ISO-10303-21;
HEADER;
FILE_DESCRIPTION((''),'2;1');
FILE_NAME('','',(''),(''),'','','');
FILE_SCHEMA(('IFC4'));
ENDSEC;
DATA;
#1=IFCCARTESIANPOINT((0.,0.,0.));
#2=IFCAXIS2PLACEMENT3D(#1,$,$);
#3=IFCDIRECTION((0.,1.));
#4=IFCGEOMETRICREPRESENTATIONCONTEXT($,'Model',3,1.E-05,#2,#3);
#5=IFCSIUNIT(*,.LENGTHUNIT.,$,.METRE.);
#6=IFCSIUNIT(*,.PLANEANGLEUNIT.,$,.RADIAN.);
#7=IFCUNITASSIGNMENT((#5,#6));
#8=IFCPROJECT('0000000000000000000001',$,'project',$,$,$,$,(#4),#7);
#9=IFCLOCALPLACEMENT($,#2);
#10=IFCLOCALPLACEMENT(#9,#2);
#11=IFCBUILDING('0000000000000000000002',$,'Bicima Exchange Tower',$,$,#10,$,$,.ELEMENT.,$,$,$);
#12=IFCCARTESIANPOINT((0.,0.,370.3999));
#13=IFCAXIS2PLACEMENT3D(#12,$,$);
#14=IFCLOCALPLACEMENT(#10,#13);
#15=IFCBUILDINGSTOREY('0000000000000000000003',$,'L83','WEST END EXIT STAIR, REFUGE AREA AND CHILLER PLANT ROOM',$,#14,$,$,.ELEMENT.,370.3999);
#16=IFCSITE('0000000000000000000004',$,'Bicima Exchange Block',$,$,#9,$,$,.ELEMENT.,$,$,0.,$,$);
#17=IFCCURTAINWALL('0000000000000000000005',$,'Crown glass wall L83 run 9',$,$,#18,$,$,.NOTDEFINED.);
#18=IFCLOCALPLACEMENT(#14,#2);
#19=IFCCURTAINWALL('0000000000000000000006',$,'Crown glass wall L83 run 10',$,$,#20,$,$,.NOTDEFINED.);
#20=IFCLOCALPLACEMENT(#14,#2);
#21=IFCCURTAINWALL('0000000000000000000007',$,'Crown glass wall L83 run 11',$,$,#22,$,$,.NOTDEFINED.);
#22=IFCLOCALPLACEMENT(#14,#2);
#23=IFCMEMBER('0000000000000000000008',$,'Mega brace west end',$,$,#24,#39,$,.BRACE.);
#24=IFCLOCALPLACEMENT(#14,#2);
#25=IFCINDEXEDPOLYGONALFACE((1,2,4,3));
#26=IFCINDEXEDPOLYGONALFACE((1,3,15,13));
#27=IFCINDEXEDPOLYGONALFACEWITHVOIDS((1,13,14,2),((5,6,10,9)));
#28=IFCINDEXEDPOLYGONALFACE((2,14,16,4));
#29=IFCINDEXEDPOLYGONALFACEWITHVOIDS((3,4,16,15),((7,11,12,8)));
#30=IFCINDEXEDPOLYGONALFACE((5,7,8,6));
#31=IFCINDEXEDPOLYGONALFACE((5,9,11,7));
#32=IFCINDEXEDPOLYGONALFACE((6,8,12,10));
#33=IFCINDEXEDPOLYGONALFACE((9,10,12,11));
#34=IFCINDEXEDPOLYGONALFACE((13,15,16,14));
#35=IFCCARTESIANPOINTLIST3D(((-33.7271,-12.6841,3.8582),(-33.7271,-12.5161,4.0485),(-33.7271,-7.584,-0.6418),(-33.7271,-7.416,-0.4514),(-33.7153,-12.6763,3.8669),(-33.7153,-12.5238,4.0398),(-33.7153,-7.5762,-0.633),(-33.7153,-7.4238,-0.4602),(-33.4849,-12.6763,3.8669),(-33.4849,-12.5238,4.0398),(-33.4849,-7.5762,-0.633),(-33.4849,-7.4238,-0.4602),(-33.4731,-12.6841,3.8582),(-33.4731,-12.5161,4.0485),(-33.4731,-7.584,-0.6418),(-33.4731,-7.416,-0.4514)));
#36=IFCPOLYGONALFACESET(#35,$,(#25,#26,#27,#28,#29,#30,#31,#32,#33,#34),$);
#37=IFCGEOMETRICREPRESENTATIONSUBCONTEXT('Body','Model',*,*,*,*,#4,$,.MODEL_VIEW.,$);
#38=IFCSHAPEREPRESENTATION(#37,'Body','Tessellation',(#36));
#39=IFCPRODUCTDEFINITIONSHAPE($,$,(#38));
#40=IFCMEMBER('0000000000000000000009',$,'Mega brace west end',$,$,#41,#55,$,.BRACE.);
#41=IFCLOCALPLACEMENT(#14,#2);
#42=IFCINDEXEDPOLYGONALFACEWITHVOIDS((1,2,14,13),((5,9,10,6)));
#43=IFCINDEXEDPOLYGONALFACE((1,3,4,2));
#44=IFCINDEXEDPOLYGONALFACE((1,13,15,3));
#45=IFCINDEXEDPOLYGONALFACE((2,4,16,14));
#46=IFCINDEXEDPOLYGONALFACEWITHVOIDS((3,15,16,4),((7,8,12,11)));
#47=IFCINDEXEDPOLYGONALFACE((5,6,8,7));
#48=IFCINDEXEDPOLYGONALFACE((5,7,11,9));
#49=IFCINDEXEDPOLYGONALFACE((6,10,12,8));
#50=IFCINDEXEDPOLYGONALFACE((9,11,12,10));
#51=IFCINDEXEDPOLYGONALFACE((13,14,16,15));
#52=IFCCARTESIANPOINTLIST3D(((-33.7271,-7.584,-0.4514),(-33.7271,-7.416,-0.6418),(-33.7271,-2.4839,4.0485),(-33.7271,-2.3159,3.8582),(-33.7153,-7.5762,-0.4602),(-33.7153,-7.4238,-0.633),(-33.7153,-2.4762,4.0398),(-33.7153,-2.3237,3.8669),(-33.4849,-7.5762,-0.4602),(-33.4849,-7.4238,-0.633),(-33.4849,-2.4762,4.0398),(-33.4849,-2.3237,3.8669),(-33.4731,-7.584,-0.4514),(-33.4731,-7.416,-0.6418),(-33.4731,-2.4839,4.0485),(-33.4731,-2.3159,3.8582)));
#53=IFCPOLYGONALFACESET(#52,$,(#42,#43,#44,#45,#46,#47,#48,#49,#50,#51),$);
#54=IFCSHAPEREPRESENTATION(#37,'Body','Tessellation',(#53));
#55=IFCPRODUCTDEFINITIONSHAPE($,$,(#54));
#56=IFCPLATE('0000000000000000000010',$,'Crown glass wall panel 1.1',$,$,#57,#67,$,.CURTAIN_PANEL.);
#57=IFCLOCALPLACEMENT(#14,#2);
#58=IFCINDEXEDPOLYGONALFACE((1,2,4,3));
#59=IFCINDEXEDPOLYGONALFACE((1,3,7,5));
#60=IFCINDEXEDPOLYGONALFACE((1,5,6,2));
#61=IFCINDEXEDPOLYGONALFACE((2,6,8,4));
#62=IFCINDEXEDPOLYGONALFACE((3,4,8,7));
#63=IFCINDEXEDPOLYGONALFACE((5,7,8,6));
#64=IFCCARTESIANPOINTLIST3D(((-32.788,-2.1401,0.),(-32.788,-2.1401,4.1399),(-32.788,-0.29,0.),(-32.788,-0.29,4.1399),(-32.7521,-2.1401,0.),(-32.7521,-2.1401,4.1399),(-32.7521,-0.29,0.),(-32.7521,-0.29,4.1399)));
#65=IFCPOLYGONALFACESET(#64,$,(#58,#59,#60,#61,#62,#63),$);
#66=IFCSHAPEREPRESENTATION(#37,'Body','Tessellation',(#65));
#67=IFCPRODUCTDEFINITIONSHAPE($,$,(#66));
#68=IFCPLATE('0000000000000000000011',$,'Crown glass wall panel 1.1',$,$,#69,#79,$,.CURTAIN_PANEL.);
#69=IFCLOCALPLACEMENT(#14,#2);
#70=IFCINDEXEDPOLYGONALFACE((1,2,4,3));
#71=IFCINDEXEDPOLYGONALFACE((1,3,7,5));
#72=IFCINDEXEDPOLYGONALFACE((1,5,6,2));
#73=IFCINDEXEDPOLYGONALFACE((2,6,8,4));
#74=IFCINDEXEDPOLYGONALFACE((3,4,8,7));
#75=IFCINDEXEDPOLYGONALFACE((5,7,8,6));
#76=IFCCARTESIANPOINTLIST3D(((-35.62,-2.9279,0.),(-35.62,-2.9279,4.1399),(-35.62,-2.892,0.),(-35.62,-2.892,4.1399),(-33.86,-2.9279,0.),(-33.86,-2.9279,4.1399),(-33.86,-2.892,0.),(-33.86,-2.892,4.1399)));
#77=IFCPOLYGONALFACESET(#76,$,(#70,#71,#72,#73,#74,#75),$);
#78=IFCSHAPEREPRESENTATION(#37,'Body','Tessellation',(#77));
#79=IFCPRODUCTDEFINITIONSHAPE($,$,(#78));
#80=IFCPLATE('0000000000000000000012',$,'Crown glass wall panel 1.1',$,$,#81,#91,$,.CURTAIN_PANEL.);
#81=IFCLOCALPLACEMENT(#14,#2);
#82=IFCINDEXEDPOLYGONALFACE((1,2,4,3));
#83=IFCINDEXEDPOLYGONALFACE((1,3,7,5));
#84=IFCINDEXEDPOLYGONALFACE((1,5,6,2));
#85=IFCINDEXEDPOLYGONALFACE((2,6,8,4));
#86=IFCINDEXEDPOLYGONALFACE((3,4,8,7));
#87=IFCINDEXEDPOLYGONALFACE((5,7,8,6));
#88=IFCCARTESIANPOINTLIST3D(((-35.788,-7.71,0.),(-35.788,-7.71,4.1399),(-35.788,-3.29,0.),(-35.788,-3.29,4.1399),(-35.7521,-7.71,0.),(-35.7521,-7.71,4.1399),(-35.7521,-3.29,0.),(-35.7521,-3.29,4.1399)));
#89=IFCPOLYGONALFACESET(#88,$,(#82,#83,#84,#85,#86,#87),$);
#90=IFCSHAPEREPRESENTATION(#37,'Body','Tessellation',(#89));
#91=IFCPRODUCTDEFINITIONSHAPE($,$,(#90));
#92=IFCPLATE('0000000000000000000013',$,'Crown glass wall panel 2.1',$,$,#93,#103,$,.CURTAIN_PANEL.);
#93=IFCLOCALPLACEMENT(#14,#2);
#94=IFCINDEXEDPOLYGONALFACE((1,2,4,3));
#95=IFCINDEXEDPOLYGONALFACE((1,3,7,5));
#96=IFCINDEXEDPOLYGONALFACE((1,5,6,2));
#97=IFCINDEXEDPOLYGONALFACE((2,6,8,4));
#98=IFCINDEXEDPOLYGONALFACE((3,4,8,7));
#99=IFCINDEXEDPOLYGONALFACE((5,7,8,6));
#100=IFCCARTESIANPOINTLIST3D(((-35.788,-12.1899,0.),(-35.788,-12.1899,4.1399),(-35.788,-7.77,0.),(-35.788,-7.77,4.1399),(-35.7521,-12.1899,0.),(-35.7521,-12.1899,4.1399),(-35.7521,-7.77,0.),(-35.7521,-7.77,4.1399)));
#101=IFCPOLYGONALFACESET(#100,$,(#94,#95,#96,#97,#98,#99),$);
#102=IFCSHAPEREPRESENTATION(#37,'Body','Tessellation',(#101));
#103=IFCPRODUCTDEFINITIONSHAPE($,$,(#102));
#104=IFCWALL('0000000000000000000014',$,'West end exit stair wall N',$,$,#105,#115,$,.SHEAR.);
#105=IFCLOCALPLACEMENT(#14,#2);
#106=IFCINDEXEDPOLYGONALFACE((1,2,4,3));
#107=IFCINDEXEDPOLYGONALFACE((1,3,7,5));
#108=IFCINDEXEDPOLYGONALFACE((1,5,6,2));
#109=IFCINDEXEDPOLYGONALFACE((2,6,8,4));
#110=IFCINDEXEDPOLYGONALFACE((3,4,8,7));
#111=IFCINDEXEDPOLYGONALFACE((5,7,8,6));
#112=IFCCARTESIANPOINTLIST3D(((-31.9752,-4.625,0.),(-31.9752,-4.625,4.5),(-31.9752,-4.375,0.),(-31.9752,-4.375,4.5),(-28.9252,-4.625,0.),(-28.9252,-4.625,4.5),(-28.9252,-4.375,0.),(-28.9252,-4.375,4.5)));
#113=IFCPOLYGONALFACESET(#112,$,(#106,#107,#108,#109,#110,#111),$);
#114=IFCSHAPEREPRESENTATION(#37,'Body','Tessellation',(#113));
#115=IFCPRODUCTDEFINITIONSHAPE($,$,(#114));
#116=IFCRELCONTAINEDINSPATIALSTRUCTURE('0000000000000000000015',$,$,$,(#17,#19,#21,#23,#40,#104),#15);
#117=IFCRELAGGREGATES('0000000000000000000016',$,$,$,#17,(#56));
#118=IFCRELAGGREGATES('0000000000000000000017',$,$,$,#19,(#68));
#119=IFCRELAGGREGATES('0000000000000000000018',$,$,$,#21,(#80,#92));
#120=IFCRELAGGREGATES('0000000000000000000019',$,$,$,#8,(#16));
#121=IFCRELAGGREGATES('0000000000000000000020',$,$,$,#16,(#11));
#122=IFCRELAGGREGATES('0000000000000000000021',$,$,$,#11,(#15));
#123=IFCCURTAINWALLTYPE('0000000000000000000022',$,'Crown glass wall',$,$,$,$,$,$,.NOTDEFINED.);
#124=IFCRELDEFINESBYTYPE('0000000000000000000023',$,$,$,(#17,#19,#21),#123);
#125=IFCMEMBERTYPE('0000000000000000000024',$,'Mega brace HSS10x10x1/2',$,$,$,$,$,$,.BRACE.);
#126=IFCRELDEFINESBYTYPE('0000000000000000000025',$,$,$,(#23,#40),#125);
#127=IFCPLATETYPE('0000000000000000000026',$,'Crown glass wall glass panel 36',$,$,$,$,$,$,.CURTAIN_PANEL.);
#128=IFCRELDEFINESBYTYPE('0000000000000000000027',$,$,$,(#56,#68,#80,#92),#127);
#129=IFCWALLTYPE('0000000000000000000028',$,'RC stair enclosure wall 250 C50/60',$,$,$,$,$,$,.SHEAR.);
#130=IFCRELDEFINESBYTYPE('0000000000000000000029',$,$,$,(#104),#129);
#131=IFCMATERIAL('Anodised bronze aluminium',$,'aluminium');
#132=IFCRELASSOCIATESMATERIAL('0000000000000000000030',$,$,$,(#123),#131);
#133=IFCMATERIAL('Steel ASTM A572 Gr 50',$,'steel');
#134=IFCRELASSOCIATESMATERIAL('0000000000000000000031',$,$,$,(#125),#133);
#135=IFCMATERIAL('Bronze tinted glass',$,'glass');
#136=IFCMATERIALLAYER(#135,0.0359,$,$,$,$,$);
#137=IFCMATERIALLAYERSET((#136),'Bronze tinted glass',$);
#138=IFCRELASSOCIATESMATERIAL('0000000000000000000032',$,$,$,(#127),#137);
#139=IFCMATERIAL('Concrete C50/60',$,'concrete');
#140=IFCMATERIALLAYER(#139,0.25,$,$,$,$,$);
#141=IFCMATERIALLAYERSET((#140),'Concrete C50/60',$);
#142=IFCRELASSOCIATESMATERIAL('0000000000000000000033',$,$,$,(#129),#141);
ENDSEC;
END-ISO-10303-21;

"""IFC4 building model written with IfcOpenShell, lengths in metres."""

from ifc_helpers import new_model, si_unit, direction, frame, frame_2d, origin, origin_2d, place, context, subcontext, project, spatial, rectangle, hollow_rectangle, extrude, material, layer, layer_set, material_profile, profile_set, type_object, element, aggregate, save


model = new_model("IFC4")

# Units and contexts
model_context = context("Model", 3, precision=1e-05, world=origin(), true_north=direction((0.0, 1.0)))
body_context = subcontext(model_context, "Body", "Model", "MODEL_VIEW")
ifc_project = project(units=[si_unit("LENGTHUNIT", "METRE"), si_unit("PLANEANGLEUNIT", "RADIAN")], contexts=[model_context])

# Site, building, storey
site_placement = place(None, origin())
site = spatial("IfcSite", under=ifc_project, at=site_placement, Name="Bicima Exchange Block", CompositionType="ELEMENT", RefElevation=0.0)
building_placement = place(site_placement, origin())
building = spatial("IfcBuilding", under=site, at=building_placement, Name="Bicima Exchange Tower", CompositionType="ELEMENT")
storey_placement = place(building_placement, frame((0.0, 0.0, 370.3999)))
storey = spatial("IfcBuildingStorey", under=building, at=storey_placement, Name="L83", Description="WEST END EXIT STAIR, REFUGE AREA AND CHILLER PLANT ROOM", CompositionType="ELEMENT", Elevation=370.3999)

# Shared definitions
ifc_material_1 = material(Name="Steel ASTM A572 Gr 50", Category="steel")

# Shared definitions
ifc_material_2 = material(Name="Anodised bronze aluminium", Category="aluminium")
curtain_wall_type = type_object("IfcCurtainWallType", Name="Crown glass wall", PredefinedType="NOTDEFINED", material=ifc_material_2)

# Curtain walls
curtain_wall_1_placement = place(storey_placement, origin())
curtain_wall_1 = element("IfcCurtainWall", 1, at=curtain_wall_1_placement, inside=storey, type_object=curtain_wall_type, Name="Crown glass wall L83 run 9", PredefinedType="NOTDEFINED")
curtain_wall_2_placement = place(storey_placement, origin())
curtain_wall_2 = element("IfcCurtainWall", 2, at=curtain_wall_2_placement, inside=storey, type_object=curtain_wall_type, Name="Crown glass wall L83 run 10", PredefinedType="NOTDEFINED")
curtain_wall_3_placement = place(storey_placement, origin())
curtain_wall_3 = element("IfcCurtainWall", 3, at=curtain_wall_3_placement, inside=storey, type_object=curtain_wall_type, Name="Crown glass wall L83 run 11", PredefinedType="NOTDEFINED")

# Members
ifc_material_profile_1 = material_profile(ifc_material_1, hollow_rectangle(XDim=0.2539, YDim=0.2539, WallThickness=0.0117, at=origin_2d()))
ifc_profile_set_1 = profile_set([ifc_material_profile_1], Name="Steel ASTM A572 Gr 50")
member_type_1 = type_object("IfcMemberType", Name="Mega brace HSS10x10x1/2", PredefinedType="BRACE", material=ifc_profile_set_1)
for number, where, z_axis, x_axis, name in (
    (4, (-33.6001, -7.5, -0.5466), (0.0, -0.749844, 0.661615), (1.0, 0.0, 0.0), "Mega brace west end"),
    (5, (-33.6001, -7.5, -0.5466), (0.0, 0.749844, 0.661615), (-1.0, 0.0, 0.0), "Mega brace west end"),
):
    element("IfcMember", number, at=place(storey_placement, frame(where, z_axis=z_axis, x_axis=x_axis)), inside=storey, type_object=member_type_1, Name=name, PredefinedType="BRACE", context=body_context, shape_type="SweptSolid", body=[
        extrude(hollow_rectangle(XDim=0.2539, YDim=0.2539, WallThickness=0.0117, at=origin_2d()), origin(), (0.0, 0.0, 1.0), 6.8015),
    ])

# Plates
ifc_material_3 = material(Name="Bronze tinted glass", Category="glass")
ifc_layer_1 = layer(ifc_material_3, 0.0359)
ifc_layer_set_1 = layer_set([ifc_layer_1], Name="Bronze tinted glass")
plate_type = type_object("IfcPlateType", Name="Crown glass wall glass panel 36", PredefinedType="CURTAIN_PANEL", material=ifc_layer_set_1)
plate_1_placement = place(storey_placement, frame((-32.77, -1.2151, 0.0), z_axis=(0.0, 0.0, 1.0), x_axis=(0.0, -1.0, 0.0)))
plate_1 = element("IfcPlate", 6, at=plate_1_placement, type_object=plate_type, Name="Crown glass wall panel 1.1", PredefinedType="CURTAIN_PANEL", context=body_context, shape_type="SweptSolid", body=[
    extrude(rectangle(XDim=1.8501, YDim=0.0359, at=origin_2d()), origin(), (0.0, 0.0, 1.0), 4.1399),
])
aggregate(curtain_wall_1, [plate_1])
plate_2_placement = place(storey_placement, frame((-34.74, -2.9099, 0.0), z_axis=(0.0, 0.0, 1.0), x_axis=(-1.0, 0.0, 0.0)))
plate_2 = element("IfcPlate", 7, at=plate_2_placement, type_object=plate_type, Name="Crown glass wall panel 1.1", PredefinedType="CURTAIN_PANEL", context=body_context, shape_type="SweptSolid", body=[
    extrude(rectangle(XDim=1.76, YDim=0.0359, at=origin_2d()), origin(), (0.0, 0.0, 1.0), 4.1399),
])
aggregate(curtain_wall_2, [plate_2])
plate_3_placement = place(storey_placement, frame((-35.77, -5.5, 0.0), z_axis=(0.0, 0.0, 1.0), x_axis=(0.0, -1.0, 0.0)))
plate_3 = element("IfcPlate", 8, at=plate_3_placement, type_object=plate_type, Name="Crown glass wall panel 1.1", PredefinedType="CURTAIN_PANEL", context=body_context, shape_type="SweptSolid", body=[
    extrude(rectangle(XDim=4.4199, YDim=0.0359, at=origin_2d()), origin(), (0.0, 0.0, 1.0), 4.1399),
])
plate_4_placement = place(storey_placement, frame((-35.77, -9.98, 0.0), z_axis=(0.0, 0.0, 1.0), x_axis=(0.0, -1.0, 0.0)))
plate_4 = element("IfcPlate", 9, at=plate_4_placement, type_object=plate_type, Name="Crown glass wall panel 2.1", PredefinedType="CURTAIN_PANEL", context=body_context, shape_type="SweptSolid", body=[
    extrude(rectangle(XDim=4.4199, YDim=0.0359, at=origin_2d()), origin(), (0.0, 0.0, 1.0), 4.1399),
])
aggregate(curtain_wall_3, [plate_3, plate_4])

# Wall
ifc_material_4 = material(Name="Concrete C50/60", Category="concrete")
ifc_layer_2 = layer(ifc_material_4, 0.25)
ifc_layer_set_2 = layer_set([ifc_layer_2], Name="Concrete C50/60")
wall_type = type_object("IfcWallType", Name="RC stair enclosure wall 250 C50/60", PredefinedType="SHEAR", material=ifc_layer_set_2)
wall_placement = place(storey_placement, frame((-31.9751, -4.5, 0.0), z_axis=(0.0, 0.0, 1.0), x_axis=(1.0, 0.0, 0.0)))
element("IfcWall", 10, at=wall_placement, inside=storey, type_object=wall_type, Name="West end exit stair wall N", PredefinedType="SHEAR", context=body_context, shape_type="SweptSolid", body=[
    extrude(rectangle(XDim=3.05, YDim=0.25, at=frame_2d((1.5249, 0.0))), origin(), (0.0, 0.0, 1.0), 4.5),
])

save(model, "model.ifc")
